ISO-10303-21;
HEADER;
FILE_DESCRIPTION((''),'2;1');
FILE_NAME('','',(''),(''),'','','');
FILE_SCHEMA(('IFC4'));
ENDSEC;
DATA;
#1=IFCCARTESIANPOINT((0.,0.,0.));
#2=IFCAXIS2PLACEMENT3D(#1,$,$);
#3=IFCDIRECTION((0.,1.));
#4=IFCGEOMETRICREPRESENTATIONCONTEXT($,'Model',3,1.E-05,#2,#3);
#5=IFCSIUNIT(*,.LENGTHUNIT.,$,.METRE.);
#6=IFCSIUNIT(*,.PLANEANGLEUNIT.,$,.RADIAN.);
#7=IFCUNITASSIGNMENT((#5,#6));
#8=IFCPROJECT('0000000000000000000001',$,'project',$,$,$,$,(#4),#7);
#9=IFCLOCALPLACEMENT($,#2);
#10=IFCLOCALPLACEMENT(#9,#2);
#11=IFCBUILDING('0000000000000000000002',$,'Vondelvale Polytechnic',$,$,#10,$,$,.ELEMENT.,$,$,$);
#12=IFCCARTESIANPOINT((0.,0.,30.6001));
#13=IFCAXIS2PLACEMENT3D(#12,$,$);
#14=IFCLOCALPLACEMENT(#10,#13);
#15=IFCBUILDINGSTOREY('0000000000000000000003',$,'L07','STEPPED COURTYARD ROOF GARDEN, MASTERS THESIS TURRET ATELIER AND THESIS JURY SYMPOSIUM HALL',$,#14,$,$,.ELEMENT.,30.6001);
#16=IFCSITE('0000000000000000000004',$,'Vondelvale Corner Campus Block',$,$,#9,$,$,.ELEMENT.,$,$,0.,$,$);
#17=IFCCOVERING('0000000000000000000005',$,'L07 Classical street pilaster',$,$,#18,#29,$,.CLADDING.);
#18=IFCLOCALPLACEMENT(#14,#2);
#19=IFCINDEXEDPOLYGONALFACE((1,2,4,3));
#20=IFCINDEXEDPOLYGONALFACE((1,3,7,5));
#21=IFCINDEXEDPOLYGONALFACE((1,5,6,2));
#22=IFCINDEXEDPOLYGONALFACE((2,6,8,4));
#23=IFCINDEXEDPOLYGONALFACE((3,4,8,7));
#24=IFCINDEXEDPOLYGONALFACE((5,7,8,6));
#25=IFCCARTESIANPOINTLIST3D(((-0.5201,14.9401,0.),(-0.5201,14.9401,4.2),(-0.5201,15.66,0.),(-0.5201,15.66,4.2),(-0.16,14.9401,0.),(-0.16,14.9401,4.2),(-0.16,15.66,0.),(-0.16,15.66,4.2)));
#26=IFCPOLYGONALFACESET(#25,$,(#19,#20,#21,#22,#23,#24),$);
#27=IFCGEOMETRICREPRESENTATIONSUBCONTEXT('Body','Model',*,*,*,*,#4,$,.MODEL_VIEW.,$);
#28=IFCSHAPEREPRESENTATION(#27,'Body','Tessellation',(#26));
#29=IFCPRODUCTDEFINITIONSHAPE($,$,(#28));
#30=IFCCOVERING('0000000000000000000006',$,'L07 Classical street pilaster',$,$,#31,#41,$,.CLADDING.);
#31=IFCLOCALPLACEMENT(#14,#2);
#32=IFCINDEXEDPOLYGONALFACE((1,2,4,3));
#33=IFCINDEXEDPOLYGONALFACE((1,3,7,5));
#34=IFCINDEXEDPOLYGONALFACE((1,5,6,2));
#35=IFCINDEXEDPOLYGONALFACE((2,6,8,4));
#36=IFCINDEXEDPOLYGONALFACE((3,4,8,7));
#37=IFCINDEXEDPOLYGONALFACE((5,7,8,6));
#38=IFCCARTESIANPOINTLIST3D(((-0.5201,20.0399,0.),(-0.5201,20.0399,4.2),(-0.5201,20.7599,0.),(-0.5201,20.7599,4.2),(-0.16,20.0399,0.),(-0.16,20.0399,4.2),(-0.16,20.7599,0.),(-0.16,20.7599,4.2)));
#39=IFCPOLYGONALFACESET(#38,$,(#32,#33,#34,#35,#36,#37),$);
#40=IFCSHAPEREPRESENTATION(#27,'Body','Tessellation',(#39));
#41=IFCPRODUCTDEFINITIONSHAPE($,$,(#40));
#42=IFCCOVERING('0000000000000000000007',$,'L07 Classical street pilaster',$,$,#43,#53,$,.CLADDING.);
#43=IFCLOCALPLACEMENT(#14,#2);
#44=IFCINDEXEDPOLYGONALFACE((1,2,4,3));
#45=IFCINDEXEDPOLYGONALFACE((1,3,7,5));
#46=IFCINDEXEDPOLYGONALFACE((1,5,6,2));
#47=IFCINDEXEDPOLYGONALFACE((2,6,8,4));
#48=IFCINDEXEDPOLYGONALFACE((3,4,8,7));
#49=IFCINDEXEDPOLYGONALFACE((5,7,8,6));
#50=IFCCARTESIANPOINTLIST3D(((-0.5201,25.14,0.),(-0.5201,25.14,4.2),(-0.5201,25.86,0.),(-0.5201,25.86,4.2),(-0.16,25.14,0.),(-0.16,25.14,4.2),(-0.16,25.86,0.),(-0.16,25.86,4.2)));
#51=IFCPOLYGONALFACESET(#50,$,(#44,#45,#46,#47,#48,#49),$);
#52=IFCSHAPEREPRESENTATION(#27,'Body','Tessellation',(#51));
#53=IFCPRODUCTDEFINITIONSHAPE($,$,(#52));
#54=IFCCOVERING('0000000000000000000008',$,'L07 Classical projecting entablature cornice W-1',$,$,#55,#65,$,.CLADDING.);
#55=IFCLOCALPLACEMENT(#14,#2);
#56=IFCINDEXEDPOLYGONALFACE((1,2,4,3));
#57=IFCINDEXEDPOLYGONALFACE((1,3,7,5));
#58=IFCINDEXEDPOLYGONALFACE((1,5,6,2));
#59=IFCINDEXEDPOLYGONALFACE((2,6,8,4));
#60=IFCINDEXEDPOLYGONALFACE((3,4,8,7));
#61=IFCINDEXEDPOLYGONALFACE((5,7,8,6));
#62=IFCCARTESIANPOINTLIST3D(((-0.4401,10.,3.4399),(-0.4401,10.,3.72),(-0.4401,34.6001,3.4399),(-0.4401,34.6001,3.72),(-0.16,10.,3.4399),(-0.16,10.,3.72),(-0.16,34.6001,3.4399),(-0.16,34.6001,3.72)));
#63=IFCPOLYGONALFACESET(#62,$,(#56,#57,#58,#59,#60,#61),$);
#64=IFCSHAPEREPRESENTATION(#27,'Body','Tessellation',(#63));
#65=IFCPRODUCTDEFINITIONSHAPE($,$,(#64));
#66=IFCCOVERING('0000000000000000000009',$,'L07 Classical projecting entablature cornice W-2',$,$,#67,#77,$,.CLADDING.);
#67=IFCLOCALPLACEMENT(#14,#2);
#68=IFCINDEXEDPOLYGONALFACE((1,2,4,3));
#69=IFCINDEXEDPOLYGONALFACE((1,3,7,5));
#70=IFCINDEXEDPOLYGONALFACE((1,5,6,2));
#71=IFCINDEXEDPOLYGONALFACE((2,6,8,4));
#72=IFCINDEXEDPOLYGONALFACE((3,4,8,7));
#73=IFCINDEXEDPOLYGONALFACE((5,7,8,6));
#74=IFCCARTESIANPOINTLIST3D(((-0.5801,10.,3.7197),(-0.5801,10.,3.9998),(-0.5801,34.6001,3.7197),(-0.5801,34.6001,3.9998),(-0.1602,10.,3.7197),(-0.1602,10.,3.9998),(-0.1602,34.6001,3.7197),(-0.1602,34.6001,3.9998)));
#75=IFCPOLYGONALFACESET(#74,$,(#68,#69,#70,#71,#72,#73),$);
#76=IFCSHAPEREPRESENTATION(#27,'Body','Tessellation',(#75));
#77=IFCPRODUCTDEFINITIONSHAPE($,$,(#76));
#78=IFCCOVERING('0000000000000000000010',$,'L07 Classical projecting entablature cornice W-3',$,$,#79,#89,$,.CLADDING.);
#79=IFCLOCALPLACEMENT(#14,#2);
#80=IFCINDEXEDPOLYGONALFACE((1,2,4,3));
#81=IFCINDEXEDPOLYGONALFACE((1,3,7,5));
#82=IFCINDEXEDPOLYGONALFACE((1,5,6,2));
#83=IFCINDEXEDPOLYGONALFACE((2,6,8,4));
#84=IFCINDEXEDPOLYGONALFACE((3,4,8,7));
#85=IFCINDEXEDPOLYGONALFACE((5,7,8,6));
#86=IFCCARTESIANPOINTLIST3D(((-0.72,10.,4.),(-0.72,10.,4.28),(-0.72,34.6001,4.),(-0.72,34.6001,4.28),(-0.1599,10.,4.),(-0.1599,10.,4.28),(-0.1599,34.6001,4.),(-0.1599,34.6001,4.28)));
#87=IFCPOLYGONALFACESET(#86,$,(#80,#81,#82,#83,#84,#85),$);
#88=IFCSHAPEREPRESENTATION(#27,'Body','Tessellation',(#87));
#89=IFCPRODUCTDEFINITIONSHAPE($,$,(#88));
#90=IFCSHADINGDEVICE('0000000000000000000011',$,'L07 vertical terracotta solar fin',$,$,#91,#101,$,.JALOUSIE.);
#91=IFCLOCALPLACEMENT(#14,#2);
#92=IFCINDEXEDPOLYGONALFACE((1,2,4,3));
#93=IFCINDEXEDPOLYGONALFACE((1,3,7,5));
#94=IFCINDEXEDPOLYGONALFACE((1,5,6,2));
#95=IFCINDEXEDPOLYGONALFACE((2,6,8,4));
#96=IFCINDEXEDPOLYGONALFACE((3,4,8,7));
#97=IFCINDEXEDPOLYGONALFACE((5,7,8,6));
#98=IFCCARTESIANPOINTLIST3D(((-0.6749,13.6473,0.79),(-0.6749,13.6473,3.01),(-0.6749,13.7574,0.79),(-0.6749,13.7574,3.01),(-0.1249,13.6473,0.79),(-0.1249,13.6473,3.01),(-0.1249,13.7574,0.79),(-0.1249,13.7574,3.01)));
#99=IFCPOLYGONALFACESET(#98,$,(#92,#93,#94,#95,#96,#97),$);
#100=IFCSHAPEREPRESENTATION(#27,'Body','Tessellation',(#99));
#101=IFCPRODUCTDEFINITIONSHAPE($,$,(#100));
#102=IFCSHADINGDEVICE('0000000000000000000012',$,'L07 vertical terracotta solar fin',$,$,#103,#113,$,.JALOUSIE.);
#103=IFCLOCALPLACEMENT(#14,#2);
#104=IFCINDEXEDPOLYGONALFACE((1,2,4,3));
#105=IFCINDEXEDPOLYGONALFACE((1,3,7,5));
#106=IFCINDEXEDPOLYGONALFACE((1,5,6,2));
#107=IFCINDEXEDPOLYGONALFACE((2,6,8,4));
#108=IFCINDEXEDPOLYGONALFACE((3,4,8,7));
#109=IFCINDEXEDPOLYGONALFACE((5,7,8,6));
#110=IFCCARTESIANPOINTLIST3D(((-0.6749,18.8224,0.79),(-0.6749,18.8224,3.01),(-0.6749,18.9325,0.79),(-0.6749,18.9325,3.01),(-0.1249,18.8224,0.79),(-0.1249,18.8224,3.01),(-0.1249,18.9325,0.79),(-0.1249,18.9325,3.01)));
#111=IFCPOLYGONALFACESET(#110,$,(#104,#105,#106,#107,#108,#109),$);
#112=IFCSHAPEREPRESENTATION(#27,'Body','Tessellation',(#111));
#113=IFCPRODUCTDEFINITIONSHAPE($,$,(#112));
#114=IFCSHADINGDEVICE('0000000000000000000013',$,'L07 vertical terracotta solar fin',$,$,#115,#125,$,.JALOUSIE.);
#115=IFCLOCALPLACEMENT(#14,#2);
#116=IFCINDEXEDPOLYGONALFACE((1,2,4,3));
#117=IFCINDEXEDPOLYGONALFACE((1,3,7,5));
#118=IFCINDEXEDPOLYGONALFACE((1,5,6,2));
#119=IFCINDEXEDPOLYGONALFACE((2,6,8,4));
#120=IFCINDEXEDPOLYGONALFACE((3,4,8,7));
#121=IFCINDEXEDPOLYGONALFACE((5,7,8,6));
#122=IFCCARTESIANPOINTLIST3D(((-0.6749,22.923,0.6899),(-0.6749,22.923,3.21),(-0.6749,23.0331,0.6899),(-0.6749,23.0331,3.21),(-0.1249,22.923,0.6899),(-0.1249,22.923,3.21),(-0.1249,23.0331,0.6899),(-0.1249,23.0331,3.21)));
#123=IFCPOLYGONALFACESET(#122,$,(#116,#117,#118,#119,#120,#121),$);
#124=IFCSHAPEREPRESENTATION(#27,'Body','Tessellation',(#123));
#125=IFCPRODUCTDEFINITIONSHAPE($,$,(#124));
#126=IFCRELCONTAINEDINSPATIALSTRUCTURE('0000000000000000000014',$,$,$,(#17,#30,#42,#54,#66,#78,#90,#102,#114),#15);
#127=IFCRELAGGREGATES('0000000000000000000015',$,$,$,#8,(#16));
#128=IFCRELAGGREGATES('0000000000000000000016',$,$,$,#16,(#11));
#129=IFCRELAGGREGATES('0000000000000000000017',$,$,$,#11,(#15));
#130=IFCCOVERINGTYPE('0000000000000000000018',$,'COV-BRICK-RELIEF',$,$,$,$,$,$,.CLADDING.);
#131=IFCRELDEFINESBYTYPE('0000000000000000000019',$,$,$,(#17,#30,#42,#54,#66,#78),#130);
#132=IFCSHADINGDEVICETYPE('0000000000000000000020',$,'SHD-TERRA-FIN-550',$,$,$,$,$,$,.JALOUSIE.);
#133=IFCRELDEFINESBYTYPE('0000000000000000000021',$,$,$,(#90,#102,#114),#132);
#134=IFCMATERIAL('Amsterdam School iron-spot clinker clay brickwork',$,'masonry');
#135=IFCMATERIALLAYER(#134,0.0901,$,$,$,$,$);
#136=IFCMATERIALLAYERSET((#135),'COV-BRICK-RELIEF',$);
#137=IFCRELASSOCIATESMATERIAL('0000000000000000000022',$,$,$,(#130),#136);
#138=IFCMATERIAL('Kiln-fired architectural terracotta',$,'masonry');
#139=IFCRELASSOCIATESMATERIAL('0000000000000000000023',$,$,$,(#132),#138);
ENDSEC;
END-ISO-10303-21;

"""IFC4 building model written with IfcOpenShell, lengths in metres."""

from ifc_helpers import new_model, si_unit, direction, frame, origin, origin_2d, place, context, subcontext, project, spatial, rectangle, extrude, material, layer, layer_set, type_object, element, save


model = new_model("IFC4")

# Units and contexts
model_context = context("Model", 3, precision=1e-05, world=origin(), true_north=direction((0.0, 1.0)))
body_context = subcontext(model_context, "Body", "Model", "MODEL_VIEW")
ifc_project = project(units=[si_unit("LENGTHUNIT", "METRE"), si_unit("PLANEANGLEUNIT", "RADIAN")], contexts=[model_context])

# Site, building, storey
site_placement = place(None, origin())
site = spatial("IfcSite", under=ifc_project, at=site_placement, Name="Vondelvale Corner Campus Block", CompositionType="ELEMENT", RefElevation=0.0)
building_placement = place(site_placement, origin())
building = spatial("IfcBuilding", under=site, at=building_placement, Name="Vondelvale Polytechnic", CompositionType="ELEMENT")
storey_placement = place(building_placement, frame((0.0, 0.0, 30.6001)))
storey = spatial("IfcBuildingStorey", under=building, at=storey_placement, Name="L07", Description="STEPPED COURTYARD ROOF GARDEN, MASTERS THESIS TURRET ATELIER AND THESIS JURY SYMPOSIUM HALL", CompositionType="ELEMENT", Elevation=30.6001)

# Shared definitions
ifc_material_1 = material(Name="Amsterdam School iron-spot clinker clay brickwork", Category="masonry")

# Coverings
ifc_layer_1 = layer(ifc_material_1, 0.0901)
ifc_layer_set_1 = layer_set([ifc_layer_1], Name="COV-BRICK-RELIEF")
covering_type = type_object("IfcCoveringType", Name="COV-BRICK-RELIEF", PredefinedType="CLADDING", material=ifc_layer_set_1)
for number, where, z_axis, x_axis, name in (
    (1, (-0.3401, 15.3, 0.0), (0.0, 0.0, 1.0), (1.0, 0.0, 0.0), "L07 Classical street pilaster"),
    (2, (-0.3401, 20.3999, 0.0), (0.0, 0.0, 1.0), (1.0, 0.0, 0.0), "L07 Classical street pilaster"),
    (3, (-0.3401, 25.5, 0.0), (0.0, 0.0, 1.0), (1.0, 0.0, 0.0), "L07 Classical street pilaster"),
):
    element("IfcCovering", number, at=place(storey_placement, frame(where, z_axis=z_axis, x_axis=x_axis)), inside=storey, type_object=covering_type, Name=name, PredefinedType="CLADDING", context=body_context, shape_type="SweptSolid", body=[
        extrude(rectangle(XDim=0.3601, YDim=0.72, at=origin_2d()), origin(), (0.0, 0.0, 1.0), 4.2),
    ])
covering_1_placement = place(storey_placement, frame((-0.3, 22.3, 3.4399), z_axis=(0.0, 0.0, 1.0), x_axis=(1.0, 0.0, 0.0)))
element("IfcCovering", 4, at=covering_1_placement, inside=storey, type_object=covering_type, Name="L07 Classical projecting entablature cornice W-1", PredefinedType="CLADDING", context=body_context, shape_type="SweptSolid", body=[
    extrude(rectangle(XDim=0.28, YDim=24.6001, at=origin_2d()), origin(), (0.0, 0.0, 1.0), 0.28),
])
covering_2_placement = place(storey_placement, frame((-0.3701, 22.3, 3.7197), z_axis=(0.0, 0.0, 1.0), x_axis=(1.0, 0.0, 0.0)))
element("IfcCovering", 5, at=covering_2_placement, inside=storey, type_object=covering_type, Name="L07 Classical projecting entablature cornice W-2", PredefinedType="CLADDING", context=body_context, shape_type="SweptSolid", body=[
    extrude(rectangle(XDim=0.4199, YDim=24.6001, at=origin_2d()), origin(), (0.0, 0.0, 1.0), 0.28),
])
covering_3_placement = place(storey_placement, frame((-0.4399, 22.3, 4.0), z_axis=(0.0, 0.0, 1.0), x_axis=(1.0, 0.0, 0.0)))
element("IfcCovering", 6, at=covering_3_placement, inside=storey, type_object=covering_type, Name="L07 Classical projecting entablature cornice W-3", PredefinedType="CLADDING", context=body_context, shape_type="SweptSolid", body=[
    extrude(rectangle(XDim=0.5601, YDim=24.6001, at=origin_2d()), origin(), (0.0, 0.0, 1.0), 0.28),
])

# Shading devices
ifc_material_2 = material(Name="Kiln-fired architectural terracotta", Category="masonry")
shading_device_type = type_object("IfcShadingDeviceType", Name="SHD-TERRA-FIN-550", PredefinedType="JALOUSIE", material=ifc_material_2)
for number, where, z_axis, x_axis, name in (
    (7, (-0.3999, 13.7024, 0.79), (0.0, 0.0, 1.0), (0.0, 1.0, 0.0), "L07 vertical terracotta solar fin"),
    (8, (-0.3999, 18.8774, 0.79), (0.0, 0.0, 1.0), (0.0, 1.0, 0.0), "L07 vertical terracotta solar fin"),
):
    element("IfcShadingDevice", number, at=place(storey_placement, frame(where, z_axis=z_axis, x_axis=x_axis)), inside=storey, type_object=shading_device_type, Name=name, PredefinedType="JALOUSIE", context=body_context, shape_type="SweptSolid", body=[
        extrude(rectangle(XDim=0.1101, YDim=0.55, at=origin_2d()), origin(), (0.0, 0.0, 1.0), 2.22),
    ])
shading_device_placement = place(storey_placement, frame((-0.3999, 22.978, 0.6899), z_axis=(0.0, 0.0, 1.0), x_axis=(0.0, 1.0, 0.0)))
element("IfcShadingDevice", 9, at=shading_device_placement, inside=storey, type_object=shading_device_type, Name="L07 vertical terracotta solar fin", PredefinedType="JALOUSIE", context=body_context, shape_type="SweptSolid", body=[
    extrude(rectangle(XDim=0.1101, YDim=0.55, at=origin_2d()), origin(), (0.0, 0.0, 1.0), 2.52),
])

save(model, "model.ifc")
